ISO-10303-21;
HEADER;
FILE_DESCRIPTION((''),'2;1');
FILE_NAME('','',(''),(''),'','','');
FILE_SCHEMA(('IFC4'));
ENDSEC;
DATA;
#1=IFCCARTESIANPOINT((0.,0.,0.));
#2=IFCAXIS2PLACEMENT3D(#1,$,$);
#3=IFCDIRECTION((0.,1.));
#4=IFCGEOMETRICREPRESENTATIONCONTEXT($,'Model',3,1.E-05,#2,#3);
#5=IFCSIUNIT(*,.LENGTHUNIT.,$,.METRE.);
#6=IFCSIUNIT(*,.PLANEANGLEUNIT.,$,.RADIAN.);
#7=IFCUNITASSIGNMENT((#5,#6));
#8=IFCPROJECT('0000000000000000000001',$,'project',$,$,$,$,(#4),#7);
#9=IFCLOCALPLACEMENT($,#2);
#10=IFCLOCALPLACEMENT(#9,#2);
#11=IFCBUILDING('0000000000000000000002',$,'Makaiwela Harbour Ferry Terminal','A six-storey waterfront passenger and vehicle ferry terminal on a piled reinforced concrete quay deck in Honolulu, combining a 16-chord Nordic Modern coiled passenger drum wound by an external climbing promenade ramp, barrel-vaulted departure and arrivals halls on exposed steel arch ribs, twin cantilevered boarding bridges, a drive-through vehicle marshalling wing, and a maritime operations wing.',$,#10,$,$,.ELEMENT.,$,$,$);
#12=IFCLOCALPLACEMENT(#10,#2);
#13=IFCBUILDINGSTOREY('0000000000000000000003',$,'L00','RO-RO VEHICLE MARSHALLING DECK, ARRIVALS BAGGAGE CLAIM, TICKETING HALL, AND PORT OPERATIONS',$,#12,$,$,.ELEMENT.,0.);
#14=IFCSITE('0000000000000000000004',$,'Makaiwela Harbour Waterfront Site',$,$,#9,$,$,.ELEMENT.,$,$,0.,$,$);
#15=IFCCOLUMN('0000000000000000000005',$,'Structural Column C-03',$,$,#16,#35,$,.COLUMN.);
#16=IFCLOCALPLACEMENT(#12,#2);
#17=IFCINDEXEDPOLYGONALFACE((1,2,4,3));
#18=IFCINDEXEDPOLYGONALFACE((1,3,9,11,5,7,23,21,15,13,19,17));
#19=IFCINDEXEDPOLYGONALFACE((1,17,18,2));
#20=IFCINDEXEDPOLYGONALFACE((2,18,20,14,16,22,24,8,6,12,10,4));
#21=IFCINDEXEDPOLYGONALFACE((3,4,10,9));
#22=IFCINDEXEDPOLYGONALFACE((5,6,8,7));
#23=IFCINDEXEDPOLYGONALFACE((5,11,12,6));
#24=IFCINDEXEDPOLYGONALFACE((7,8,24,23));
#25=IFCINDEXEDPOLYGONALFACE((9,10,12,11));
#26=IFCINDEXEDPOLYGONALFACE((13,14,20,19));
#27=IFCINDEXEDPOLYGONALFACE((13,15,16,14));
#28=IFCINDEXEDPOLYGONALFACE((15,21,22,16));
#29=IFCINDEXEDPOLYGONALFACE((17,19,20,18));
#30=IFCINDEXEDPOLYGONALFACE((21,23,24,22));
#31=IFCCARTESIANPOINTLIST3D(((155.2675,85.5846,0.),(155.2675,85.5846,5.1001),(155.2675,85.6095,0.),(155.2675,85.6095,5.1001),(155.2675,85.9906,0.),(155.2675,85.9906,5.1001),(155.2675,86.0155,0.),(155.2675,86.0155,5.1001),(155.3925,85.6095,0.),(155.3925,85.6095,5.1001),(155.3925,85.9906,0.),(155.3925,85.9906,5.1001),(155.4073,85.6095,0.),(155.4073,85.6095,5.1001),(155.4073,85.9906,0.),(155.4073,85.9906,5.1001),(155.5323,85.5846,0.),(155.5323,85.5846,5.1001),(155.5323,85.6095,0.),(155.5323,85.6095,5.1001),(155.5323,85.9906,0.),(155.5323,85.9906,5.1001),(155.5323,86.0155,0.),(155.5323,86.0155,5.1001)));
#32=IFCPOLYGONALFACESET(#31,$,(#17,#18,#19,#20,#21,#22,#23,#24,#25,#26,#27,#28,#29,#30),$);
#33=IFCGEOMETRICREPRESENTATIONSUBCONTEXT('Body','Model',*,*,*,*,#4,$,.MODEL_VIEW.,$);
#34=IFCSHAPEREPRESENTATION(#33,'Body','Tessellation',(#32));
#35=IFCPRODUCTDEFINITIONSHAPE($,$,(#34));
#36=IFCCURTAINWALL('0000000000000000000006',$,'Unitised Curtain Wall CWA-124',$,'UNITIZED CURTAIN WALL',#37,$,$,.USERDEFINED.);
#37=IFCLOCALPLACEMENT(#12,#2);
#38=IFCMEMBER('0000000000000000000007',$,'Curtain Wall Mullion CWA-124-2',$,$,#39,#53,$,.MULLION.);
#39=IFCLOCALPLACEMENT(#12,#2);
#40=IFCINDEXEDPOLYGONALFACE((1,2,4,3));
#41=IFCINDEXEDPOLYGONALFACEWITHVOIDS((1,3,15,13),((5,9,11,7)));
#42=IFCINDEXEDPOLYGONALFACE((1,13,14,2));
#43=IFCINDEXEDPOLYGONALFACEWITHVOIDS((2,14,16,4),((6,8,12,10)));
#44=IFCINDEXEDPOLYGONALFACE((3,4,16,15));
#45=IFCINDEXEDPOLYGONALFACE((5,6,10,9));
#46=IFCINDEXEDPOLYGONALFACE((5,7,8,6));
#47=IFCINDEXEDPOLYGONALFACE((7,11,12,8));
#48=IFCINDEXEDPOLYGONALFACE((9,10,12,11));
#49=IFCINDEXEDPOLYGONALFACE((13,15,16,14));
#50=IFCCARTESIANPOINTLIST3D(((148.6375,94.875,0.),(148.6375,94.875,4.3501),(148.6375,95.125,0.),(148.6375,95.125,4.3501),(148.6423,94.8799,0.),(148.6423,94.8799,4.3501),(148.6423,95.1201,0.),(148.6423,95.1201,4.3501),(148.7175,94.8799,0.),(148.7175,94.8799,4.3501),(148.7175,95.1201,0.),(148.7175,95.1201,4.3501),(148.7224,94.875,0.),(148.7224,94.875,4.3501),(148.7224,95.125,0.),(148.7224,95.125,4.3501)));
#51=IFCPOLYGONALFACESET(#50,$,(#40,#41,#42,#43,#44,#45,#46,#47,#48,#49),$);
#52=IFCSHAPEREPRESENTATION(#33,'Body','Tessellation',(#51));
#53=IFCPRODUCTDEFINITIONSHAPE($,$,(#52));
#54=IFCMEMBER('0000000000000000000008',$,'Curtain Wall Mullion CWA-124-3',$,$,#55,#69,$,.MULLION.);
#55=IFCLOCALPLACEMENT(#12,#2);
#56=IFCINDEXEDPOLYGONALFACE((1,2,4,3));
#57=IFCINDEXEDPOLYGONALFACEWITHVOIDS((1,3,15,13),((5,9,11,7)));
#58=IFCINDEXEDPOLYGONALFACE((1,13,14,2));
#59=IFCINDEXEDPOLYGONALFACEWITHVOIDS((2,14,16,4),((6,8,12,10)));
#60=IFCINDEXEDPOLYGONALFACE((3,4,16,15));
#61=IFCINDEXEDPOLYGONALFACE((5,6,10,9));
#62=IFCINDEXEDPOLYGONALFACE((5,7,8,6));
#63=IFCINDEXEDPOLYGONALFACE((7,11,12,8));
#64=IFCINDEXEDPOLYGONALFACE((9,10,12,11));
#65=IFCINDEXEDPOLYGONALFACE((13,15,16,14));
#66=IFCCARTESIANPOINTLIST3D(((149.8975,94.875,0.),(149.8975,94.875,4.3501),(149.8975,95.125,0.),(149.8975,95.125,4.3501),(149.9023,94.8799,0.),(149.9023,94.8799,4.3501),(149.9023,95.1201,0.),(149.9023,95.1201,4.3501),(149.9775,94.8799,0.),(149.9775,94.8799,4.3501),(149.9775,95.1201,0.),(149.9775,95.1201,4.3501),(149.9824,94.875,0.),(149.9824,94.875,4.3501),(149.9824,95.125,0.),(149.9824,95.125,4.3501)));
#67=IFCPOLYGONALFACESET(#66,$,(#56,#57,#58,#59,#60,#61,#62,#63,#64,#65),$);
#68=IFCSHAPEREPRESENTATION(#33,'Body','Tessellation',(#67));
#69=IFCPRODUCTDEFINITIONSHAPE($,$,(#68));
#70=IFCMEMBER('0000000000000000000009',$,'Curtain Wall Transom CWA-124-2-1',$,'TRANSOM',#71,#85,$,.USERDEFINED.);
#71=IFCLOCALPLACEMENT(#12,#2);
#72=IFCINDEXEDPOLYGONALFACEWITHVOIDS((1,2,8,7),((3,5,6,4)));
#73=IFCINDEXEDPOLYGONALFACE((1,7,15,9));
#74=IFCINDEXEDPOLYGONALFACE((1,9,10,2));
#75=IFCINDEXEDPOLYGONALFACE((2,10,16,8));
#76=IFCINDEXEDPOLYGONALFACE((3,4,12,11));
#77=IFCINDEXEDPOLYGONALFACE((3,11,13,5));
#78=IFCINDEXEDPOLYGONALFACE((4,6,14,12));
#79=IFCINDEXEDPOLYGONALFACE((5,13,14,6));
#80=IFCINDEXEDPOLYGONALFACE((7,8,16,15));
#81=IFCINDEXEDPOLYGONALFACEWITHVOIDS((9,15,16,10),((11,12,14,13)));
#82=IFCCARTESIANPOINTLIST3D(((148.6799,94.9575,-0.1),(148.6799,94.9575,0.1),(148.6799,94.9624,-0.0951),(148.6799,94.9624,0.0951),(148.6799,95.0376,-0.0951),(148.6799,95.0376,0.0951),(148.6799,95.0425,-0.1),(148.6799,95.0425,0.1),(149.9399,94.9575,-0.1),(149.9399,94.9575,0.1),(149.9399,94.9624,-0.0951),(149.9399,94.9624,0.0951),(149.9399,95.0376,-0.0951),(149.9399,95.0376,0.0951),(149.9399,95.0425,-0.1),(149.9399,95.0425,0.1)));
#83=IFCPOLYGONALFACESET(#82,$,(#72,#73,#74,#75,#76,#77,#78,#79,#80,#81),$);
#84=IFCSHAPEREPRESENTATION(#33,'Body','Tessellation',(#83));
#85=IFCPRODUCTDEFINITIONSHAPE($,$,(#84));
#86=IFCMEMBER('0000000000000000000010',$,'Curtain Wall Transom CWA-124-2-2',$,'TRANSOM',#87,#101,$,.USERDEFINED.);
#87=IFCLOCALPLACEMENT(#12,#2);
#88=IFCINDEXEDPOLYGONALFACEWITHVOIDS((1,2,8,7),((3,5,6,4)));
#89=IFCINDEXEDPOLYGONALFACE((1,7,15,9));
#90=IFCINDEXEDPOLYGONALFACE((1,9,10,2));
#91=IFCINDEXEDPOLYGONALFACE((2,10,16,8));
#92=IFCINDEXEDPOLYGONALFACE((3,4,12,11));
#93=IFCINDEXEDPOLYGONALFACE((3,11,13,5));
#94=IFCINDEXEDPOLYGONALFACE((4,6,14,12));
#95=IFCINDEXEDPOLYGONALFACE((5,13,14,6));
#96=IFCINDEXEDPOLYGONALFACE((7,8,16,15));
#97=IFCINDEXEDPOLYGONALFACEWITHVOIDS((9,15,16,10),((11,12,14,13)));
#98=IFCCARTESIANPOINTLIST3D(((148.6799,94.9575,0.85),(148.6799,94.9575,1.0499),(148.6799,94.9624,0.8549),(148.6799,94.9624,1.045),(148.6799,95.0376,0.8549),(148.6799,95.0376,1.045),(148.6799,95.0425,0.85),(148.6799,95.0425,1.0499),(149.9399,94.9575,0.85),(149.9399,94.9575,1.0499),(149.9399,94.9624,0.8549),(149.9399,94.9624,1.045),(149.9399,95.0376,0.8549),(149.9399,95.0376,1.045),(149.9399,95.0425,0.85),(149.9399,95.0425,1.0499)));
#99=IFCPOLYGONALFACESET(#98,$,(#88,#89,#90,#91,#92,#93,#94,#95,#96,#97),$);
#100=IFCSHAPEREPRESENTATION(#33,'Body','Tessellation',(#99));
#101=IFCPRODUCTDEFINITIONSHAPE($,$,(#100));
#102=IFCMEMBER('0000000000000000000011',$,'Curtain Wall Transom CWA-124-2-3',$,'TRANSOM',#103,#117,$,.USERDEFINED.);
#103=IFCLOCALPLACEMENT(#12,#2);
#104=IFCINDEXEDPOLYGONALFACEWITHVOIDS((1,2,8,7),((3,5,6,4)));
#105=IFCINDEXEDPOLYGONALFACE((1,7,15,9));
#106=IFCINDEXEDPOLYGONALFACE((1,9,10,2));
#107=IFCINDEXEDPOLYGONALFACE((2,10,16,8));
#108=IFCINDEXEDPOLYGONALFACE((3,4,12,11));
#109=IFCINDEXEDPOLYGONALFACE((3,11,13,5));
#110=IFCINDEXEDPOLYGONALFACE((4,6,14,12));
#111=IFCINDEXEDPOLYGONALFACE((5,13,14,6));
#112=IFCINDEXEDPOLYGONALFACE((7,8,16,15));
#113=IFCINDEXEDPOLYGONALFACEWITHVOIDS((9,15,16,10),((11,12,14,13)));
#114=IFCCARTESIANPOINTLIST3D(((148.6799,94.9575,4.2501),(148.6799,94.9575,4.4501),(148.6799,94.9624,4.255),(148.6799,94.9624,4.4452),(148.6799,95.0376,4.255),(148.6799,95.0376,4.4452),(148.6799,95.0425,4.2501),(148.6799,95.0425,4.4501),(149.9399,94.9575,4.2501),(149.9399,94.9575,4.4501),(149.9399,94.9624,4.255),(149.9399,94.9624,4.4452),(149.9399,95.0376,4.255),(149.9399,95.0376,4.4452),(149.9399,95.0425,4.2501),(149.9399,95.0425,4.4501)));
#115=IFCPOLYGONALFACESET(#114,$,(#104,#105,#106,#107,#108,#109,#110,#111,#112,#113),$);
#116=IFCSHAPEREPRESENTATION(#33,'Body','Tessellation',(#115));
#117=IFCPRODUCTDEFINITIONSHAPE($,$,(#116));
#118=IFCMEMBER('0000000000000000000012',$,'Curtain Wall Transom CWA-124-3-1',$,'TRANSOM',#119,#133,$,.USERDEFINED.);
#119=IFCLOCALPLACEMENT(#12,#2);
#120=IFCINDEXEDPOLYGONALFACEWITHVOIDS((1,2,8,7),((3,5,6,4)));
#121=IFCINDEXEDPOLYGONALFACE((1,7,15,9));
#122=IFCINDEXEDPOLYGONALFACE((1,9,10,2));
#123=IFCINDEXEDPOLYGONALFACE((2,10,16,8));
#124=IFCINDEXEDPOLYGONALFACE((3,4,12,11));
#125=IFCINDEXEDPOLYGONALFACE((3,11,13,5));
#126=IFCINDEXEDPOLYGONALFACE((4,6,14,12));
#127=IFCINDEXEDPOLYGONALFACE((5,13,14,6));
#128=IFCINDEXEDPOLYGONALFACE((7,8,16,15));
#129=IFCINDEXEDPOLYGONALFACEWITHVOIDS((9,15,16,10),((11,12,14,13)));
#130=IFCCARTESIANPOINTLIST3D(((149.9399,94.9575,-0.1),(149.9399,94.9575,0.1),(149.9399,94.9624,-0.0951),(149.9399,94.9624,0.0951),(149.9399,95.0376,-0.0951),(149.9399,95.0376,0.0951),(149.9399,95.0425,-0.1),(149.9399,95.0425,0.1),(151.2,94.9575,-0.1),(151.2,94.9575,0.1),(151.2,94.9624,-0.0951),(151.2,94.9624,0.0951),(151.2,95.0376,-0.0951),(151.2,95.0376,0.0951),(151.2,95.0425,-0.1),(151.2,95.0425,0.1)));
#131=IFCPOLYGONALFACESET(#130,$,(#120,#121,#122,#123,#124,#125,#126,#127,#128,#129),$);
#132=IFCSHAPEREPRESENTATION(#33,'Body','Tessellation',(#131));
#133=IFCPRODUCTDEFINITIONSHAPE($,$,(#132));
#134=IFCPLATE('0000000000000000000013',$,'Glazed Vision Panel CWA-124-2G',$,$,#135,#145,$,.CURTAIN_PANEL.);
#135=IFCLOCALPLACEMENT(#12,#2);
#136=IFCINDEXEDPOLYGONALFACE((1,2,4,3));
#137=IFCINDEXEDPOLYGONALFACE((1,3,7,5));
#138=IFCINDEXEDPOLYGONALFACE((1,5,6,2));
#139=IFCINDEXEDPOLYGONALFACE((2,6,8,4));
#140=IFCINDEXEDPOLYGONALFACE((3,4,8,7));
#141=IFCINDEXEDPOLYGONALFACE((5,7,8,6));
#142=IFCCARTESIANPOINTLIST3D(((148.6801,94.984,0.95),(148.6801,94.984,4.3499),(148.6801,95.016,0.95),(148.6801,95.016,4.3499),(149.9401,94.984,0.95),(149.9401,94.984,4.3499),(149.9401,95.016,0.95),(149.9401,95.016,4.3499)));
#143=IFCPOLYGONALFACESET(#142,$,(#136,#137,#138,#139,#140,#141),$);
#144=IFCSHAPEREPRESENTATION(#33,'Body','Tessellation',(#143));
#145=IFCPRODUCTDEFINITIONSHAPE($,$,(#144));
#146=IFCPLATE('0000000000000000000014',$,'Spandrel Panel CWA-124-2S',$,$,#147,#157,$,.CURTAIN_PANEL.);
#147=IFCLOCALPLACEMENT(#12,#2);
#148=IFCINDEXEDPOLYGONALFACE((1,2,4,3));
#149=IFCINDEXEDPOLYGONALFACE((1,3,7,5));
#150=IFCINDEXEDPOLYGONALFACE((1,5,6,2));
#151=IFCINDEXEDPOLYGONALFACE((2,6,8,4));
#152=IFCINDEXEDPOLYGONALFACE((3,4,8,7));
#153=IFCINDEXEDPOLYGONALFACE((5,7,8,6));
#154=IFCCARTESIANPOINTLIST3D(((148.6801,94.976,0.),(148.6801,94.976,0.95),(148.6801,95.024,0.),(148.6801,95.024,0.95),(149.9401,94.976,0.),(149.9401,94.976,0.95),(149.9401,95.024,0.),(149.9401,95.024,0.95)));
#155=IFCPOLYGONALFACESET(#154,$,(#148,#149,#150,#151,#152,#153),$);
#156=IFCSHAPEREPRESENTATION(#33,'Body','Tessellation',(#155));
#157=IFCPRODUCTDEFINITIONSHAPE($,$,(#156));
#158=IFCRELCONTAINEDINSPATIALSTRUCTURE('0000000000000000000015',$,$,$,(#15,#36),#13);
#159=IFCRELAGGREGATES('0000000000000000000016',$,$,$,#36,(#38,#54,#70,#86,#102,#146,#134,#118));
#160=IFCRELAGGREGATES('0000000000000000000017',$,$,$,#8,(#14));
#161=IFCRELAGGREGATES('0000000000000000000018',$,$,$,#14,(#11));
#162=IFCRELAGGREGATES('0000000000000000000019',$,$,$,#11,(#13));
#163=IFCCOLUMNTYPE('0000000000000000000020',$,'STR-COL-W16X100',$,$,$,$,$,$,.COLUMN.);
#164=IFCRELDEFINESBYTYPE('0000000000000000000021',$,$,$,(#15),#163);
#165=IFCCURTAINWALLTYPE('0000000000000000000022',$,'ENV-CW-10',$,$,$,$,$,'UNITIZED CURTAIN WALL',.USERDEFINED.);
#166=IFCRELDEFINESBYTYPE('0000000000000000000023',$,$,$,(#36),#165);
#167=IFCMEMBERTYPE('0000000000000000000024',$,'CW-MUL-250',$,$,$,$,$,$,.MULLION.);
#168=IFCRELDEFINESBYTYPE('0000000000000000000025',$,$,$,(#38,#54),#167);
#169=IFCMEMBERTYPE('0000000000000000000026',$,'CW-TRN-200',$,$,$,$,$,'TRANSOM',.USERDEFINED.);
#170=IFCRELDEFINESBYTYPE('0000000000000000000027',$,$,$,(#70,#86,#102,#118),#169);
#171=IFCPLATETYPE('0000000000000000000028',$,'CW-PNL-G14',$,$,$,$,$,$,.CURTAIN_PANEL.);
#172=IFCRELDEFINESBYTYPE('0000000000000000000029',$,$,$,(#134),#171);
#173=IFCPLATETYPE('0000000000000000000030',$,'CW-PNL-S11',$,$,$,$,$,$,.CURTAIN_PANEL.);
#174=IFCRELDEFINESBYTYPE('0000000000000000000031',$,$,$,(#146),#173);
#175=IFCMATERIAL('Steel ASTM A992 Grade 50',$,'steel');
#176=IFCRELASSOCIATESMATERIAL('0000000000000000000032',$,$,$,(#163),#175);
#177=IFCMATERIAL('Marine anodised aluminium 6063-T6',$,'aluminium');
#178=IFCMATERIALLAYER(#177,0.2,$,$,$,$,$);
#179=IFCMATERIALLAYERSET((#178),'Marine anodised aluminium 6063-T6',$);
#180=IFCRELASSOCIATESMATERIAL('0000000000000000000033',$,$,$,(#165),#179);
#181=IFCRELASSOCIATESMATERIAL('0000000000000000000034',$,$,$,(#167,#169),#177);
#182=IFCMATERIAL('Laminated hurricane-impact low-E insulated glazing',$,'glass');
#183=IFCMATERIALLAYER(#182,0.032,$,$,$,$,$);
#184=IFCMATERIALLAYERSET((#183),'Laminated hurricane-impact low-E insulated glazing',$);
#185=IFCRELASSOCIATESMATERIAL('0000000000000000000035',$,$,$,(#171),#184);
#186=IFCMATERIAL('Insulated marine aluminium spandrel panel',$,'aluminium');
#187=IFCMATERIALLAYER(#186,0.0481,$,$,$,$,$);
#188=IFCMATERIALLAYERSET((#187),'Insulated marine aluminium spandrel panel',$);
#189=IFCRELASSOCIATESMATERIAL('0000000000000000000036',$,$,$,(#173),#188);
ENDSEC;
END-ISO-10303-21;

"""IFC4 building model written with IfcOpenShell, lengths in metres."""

from ifc_helpers import new_model, si_unit, direction, frame, origin, origin_2d, place, context, subcontext, project, spatial, rectangle, hollow_rectangle, i_section, extrude, material, layer, layer_set, material_profile, profile_set, type_object, element, aggregate, save


model = new_model("IFC4")

# Units and contexts
model_context = context("Model", 3, precision=1e-05, world=origin(), true_north=direction((0.0, 1.0)))
body_context = subcontext(model_context, "Body", "Model", "MODEL_VIEW")
ifc_project = project(units=[si_unit("LENGTHUNIT", "METRE"), si_unit("PLANEANGLEUNIT", "RADIAN")], contexts=[model_context])

# Site, building, storey
site_placement = place(None, origin())
site = spatial("IfcSite", under=ifc_project, at=site_placement, Name="Makaiwela Harbour Waterfront Site", CompositionType="ELEMENT", RefElevation=0.0)
building_placement = place(site_placement, origin())
building = spatial("IfcBuilding", under=site, at=building_placement, Name="Makaiwela Harbour Ferry Terminal", Description="A six-storey waterfront passenger and vehicle ferry terminal on a piled reinforced concrete quay deck in Honolulu, combining a 16-chord Nordic Modern coiled passenger drum wound by an external climbing promenade ramp, barrel-vaulted departure and arrivals halls on exposed steel arch ribs, twin cantilevered boarding bridges, a drive-through vehicle marshalling wing, and a maritime operations wing.", CompositionType="ELEMENT")
storey_placement = place(building_placement, origin())
storey = spatial("IfcBuildingStorey", under=building, at=storey_placement, Name="L00", Description="RO-RO VEHICLE MARSHALLING DECK, ARRIVALS BAGGAGE CLAIM, TICKETING HALL, AND PORT OPERATIONS", CompositionType="ELEMENT", Elevation=0.0)

# Column
ifc_material_1 = material(Name="Steel ASTM A992 Grade 50", Category="steel")
ifc_material_profile_1 = material_profile(ifc_material_1, i_section(OverallWidth=0.2649, OverallDepth=0.4309, WebThickness=0.0149, FlangeThickness=0.0249, at=origin_2d()), Name="W16X100")
ifc_profile_set_1 = profile_set([ifc_material_profile_1], Name="Steel ASTM A992 Grade 50")
column_type = type_object("IfcColumnType", Name="STR-COL-W16X100", PredefinedType="COLUMN", material=ifc_profile_set_1)
column_placement = place(storey_placement, frame((155.3999, 85.8, 0.0), z_axis=(0.0, 0.0, 1.0), x_axis=(1.0, 0.0, 0.0)))
element("IfcColumn", 1, at=column_placement, inside=storey, type_object=column_type, Name="Structural Column C-03", PredefinedType="COLUMN", context=body_context, shape_type="SweptSolid", body=[
    extrude(i_section(OverallWidth=0.2649, OverallDepth=0.4309, WebThickness=0.0149, FlangeThickness=0.0249, at=origin_2d()), origin(), (0.0, 0.0, 1.0), 5.1001),
])

# Curtain wall, members, plates
ifc_material_2 = material(Name="Marine anodised aluminium 6063-T6", Category="aluminium")
ifc_layer_1 = layer(ifc_material_2, 0.2)
ifc_layer_set_1 = layer_set([ifc_layer_1], Name="Marine anodised aluminium 6063-T6")
curtain_wall_type = type_object("IfcCurtainWallType", Name="ENV-CW-10", ElementType="UNITIZED CURTAIN WALL", PredefinedType="USERDEFINED", material=ifc_layer_set_1)
curtain_wall_placement = place(storey_placement, origin())
curtain_wall = element("IfcCurtainWall", 2, at=curtain_wall_placement, inside=storey, type_object=curtain_wall_type, Name="Unitised Curtain Wall CWA-124", ObjectType="UNITIZED CURTAIN WALL", PredefinedType="USERDEFINED")
ifc_material_profile_2 = material_profile(ifc_material_2, hollow_rectangle(XDim=0.085, YDim=0.25, WallThickness=0.0049, at=origin_2d()), Name="CWM-250X85")
ifc_profile_set_2 = profile_set([ifc_material_profile_2], Name="Marine anodised aluminium 6063-T6")
member_type_1 = type_object("IfcMemberType", Name="CW-MUL-250", PredefinedType="MULLION", material=ifc_profile_set_2)
member_1_placement = place(storey_placement, frame((148.6799, 95.0, 0.0), z_axis=(0.0, 0.0, 1.0), x_axis=(1.0, 0.0, 0.0)))
member_1 = element("IfcMember", 3, at=member_1_placement, type_object=member_type_1, Name="Curtain Wall Mullion CWA-124-2", PredefinedType="MULLION", context=body_context, shape_type="SweptSolid", body=[
    extrude(hollow_rectangle(XDim=0.085, YDim=0.25, WallThickness=0.0049, at=origin_2d()), origin(), (0.0, 0.0, 1.0), 4.3501),
])
member_2_placement = place(storey_placement, frame((149.9399, 95.0, 0.0), z_axis=(0.0, 0.0, 1.0), x_axis=(1.0, 0.0, 0.0)))
member_2 = element("IfcMember", 4, at=member_2_placement, type_object=member_type_1, Name="Curtain Wall Mullion CWA-124-3", PredefinedType="MULLION", context=body_context, shape_type="SweptSolid", body=[
    extrude(hollow_rectangle(XDim=0.085, YDim=0.25, WallThickness=0.0049, at=origin_2d()), origin(), (0.0, 0.0, 1.0), 4.3501),
])
ifc_material_profile_3 = material_profile(ifc_material_2, hollow_rectangle(XDim=0.085, YDim=0.2, WallThickness=0.0049, at=origin_2d()), Name="CWT-200X85")
ifc_profile_set_3 = profile_set([ifc_material_profile_3], Name="Marine anodised aluminium 6063-T6")
member_type_2 = type_object("IfcMemberType", Name="CW-TRN-200", ElementType="TRANSOM", PredefinedType="USERDEFINED", material=ifc_profile_set_3)
member_3_placement = place(storey_placement, frame((148.6799, 95.0, 0.0), z_axis=(1.0, 0.0, 0.0), x_axis=(0.0, 1.0, 0.0)))
member_3 = element("IfcMember", 5, at=member_3_placement, type_object=member_type_2, Name="Curtain Wall Transom CWA-124-2-1", ObjectType="TRANSOM", PredefinedType="USERDEFINED", context=body_context, shape_type="SweptSolid", body=[
    extrude(hollow_rectangle(XDim=0.085, YDim=0.2, WallThickness=0.0049, at=origin_2d()), origin(), (0.0, 0.0, 1.0), 1.26),
])
member_4_placement = place(storey_placement, frame((148.6799, 95.0, 0.95), z_axis=(1.0, 0.0, 0.0), x_axis=(0.0, 1.0, 0.0)))
member_4 = element("IfcMember", 6, at=member_4_placement, type_object=member_type_2, Name="Curtain Wall Transom CWA-124-2-2", ObjectType="TRANSOM", PredefinedType="USERDEFINED", context=body_context, shape_type="SweptSolid", body=[
    extrude(hollow_rectangle(XDim=0.085, YDim=0.2, WallThickness=0.0049, at=origin_2d()), origin(), (0.0, 0.0, 1.0), 1.26),
])
member_5_placement = place(storey_placement, frame((148.6799, 95.0, 4.3501), z_axis=(1.0, 0.0, 0.0), x_axis=(0.0, 1.0, 0.0)))
member_5 = element("IfcMember", 7, at=member_5_placement, type_object=member_type_2, Name="Curtain Wall Transom CWA-124-2-3", ObjectType="TRANSOM", PredefinedType="USERDEFINED", context=body_context, shape_type="SweptSolid", body=[
    extrude(hollow_rectangle(XDim=0.085, YDim=0.2, WallThickness=0.0049, at=origin_2d()), origin(), (0.0, 0.0, 1.0), 1.26),
])
member_6_placement = place(storey_placement, frame((149.9399, 95.0, 0.0), z_axis=(1.0, 0.0, 0.0), x_axis=(0.0, 1.0, 0.0)))
member_6 = element("IfcMember", 8, at=member_6_placement, type_object=member_type_2, Name="Curtain Wall Transom CWA-124-3-1", ObjectType="TRANSOM", PredefinedType="USERDEFINED", context=body_context, shape_type="SweptSolid", body=[
    extrude(hollow_rectangle(XDim=0.085, YDim=0.2, WallThickness=0.0049, at=origin_2d()), origin(), (0.0, 0.0, 1.0), 1.26),
])
ifc_material_3 = material(Name="Laminated hurricane-impact low-E insulated glazing", Category="glass")
ifc_layer_2 = layer(ifc_material_3, 0.032)
ifc_layer_set_2 = layer_set([ifc_layer_2], Name="Laminated hurricane-impact low-E insulated glazing")
plate_type_1 = type_object("IfcPlateType", Name="CW-PNL-G14", PredefinedType="CURTAIN_PANEL", material=ifc_layer_set_2)
plate_1_placement = place(storey_placement, frame((149.3101, 95.0, 0.95), z_axis=(0.0, 0.0, 1.0), x_axis=(1.0, 0.0, 0.0)))
plate_1 = element("IfcPlate", 9, at=plate_1_placement, type_object=plate_type_1, Name="Glazed Vision Panel CWA-124-2G", PredefinedType="CURTAIN_PANEL", context=body_context, shape_type="SweptSolid", body=[
    extrude(rectangle(XDim=1.26, YDim=0.032, at=origin_2d()), origin(), (0.0, 0.0, 1.0), 3.3999),
])
ifc_material_4 = material(Name="Insulated marine aluminium spandrel panel", Category="aluminium")
ifc_layer_3 = layer(ifc_material_4, 0.0481)
ifc_layer_set_3 = layer_set([ifc_layer_3], Name="Insulated marine aluminium spandrel panel")
plate_type_2 = type_object("IfcPlateType", Name="CW-PNL-S11", PredefinedType="CURTAIN_PANEL", material=ifc_layer_set_3)
plate_2_placement = place(storey_placement, frame((149.3101, 95.0, 0.0), z_axis=(0.0, 0.0, 1.0), x_axis=(1.0, 0.0, 0.0)))
plate_2 = element("IfcPlate", 10, at=plate_2_placement, type_object=plate_type_2, Name="Spandrel Panel CWA-124-2S", PredefinedType="CURTAIN_PANEL", context=body_context, shape_type="SweptSolid", body=[
    extrude(rectangle(XDim=1.26, YDim=0.0481, at=origin_2d()), origin(), (0.0, 0.0, 1.0), 0.95),
])
aggregate(curtain_wall, [member_1, member_2, member_3, member_4, member_5, plate_2, plate_1, member_6])

save(model, "model.ifc")
